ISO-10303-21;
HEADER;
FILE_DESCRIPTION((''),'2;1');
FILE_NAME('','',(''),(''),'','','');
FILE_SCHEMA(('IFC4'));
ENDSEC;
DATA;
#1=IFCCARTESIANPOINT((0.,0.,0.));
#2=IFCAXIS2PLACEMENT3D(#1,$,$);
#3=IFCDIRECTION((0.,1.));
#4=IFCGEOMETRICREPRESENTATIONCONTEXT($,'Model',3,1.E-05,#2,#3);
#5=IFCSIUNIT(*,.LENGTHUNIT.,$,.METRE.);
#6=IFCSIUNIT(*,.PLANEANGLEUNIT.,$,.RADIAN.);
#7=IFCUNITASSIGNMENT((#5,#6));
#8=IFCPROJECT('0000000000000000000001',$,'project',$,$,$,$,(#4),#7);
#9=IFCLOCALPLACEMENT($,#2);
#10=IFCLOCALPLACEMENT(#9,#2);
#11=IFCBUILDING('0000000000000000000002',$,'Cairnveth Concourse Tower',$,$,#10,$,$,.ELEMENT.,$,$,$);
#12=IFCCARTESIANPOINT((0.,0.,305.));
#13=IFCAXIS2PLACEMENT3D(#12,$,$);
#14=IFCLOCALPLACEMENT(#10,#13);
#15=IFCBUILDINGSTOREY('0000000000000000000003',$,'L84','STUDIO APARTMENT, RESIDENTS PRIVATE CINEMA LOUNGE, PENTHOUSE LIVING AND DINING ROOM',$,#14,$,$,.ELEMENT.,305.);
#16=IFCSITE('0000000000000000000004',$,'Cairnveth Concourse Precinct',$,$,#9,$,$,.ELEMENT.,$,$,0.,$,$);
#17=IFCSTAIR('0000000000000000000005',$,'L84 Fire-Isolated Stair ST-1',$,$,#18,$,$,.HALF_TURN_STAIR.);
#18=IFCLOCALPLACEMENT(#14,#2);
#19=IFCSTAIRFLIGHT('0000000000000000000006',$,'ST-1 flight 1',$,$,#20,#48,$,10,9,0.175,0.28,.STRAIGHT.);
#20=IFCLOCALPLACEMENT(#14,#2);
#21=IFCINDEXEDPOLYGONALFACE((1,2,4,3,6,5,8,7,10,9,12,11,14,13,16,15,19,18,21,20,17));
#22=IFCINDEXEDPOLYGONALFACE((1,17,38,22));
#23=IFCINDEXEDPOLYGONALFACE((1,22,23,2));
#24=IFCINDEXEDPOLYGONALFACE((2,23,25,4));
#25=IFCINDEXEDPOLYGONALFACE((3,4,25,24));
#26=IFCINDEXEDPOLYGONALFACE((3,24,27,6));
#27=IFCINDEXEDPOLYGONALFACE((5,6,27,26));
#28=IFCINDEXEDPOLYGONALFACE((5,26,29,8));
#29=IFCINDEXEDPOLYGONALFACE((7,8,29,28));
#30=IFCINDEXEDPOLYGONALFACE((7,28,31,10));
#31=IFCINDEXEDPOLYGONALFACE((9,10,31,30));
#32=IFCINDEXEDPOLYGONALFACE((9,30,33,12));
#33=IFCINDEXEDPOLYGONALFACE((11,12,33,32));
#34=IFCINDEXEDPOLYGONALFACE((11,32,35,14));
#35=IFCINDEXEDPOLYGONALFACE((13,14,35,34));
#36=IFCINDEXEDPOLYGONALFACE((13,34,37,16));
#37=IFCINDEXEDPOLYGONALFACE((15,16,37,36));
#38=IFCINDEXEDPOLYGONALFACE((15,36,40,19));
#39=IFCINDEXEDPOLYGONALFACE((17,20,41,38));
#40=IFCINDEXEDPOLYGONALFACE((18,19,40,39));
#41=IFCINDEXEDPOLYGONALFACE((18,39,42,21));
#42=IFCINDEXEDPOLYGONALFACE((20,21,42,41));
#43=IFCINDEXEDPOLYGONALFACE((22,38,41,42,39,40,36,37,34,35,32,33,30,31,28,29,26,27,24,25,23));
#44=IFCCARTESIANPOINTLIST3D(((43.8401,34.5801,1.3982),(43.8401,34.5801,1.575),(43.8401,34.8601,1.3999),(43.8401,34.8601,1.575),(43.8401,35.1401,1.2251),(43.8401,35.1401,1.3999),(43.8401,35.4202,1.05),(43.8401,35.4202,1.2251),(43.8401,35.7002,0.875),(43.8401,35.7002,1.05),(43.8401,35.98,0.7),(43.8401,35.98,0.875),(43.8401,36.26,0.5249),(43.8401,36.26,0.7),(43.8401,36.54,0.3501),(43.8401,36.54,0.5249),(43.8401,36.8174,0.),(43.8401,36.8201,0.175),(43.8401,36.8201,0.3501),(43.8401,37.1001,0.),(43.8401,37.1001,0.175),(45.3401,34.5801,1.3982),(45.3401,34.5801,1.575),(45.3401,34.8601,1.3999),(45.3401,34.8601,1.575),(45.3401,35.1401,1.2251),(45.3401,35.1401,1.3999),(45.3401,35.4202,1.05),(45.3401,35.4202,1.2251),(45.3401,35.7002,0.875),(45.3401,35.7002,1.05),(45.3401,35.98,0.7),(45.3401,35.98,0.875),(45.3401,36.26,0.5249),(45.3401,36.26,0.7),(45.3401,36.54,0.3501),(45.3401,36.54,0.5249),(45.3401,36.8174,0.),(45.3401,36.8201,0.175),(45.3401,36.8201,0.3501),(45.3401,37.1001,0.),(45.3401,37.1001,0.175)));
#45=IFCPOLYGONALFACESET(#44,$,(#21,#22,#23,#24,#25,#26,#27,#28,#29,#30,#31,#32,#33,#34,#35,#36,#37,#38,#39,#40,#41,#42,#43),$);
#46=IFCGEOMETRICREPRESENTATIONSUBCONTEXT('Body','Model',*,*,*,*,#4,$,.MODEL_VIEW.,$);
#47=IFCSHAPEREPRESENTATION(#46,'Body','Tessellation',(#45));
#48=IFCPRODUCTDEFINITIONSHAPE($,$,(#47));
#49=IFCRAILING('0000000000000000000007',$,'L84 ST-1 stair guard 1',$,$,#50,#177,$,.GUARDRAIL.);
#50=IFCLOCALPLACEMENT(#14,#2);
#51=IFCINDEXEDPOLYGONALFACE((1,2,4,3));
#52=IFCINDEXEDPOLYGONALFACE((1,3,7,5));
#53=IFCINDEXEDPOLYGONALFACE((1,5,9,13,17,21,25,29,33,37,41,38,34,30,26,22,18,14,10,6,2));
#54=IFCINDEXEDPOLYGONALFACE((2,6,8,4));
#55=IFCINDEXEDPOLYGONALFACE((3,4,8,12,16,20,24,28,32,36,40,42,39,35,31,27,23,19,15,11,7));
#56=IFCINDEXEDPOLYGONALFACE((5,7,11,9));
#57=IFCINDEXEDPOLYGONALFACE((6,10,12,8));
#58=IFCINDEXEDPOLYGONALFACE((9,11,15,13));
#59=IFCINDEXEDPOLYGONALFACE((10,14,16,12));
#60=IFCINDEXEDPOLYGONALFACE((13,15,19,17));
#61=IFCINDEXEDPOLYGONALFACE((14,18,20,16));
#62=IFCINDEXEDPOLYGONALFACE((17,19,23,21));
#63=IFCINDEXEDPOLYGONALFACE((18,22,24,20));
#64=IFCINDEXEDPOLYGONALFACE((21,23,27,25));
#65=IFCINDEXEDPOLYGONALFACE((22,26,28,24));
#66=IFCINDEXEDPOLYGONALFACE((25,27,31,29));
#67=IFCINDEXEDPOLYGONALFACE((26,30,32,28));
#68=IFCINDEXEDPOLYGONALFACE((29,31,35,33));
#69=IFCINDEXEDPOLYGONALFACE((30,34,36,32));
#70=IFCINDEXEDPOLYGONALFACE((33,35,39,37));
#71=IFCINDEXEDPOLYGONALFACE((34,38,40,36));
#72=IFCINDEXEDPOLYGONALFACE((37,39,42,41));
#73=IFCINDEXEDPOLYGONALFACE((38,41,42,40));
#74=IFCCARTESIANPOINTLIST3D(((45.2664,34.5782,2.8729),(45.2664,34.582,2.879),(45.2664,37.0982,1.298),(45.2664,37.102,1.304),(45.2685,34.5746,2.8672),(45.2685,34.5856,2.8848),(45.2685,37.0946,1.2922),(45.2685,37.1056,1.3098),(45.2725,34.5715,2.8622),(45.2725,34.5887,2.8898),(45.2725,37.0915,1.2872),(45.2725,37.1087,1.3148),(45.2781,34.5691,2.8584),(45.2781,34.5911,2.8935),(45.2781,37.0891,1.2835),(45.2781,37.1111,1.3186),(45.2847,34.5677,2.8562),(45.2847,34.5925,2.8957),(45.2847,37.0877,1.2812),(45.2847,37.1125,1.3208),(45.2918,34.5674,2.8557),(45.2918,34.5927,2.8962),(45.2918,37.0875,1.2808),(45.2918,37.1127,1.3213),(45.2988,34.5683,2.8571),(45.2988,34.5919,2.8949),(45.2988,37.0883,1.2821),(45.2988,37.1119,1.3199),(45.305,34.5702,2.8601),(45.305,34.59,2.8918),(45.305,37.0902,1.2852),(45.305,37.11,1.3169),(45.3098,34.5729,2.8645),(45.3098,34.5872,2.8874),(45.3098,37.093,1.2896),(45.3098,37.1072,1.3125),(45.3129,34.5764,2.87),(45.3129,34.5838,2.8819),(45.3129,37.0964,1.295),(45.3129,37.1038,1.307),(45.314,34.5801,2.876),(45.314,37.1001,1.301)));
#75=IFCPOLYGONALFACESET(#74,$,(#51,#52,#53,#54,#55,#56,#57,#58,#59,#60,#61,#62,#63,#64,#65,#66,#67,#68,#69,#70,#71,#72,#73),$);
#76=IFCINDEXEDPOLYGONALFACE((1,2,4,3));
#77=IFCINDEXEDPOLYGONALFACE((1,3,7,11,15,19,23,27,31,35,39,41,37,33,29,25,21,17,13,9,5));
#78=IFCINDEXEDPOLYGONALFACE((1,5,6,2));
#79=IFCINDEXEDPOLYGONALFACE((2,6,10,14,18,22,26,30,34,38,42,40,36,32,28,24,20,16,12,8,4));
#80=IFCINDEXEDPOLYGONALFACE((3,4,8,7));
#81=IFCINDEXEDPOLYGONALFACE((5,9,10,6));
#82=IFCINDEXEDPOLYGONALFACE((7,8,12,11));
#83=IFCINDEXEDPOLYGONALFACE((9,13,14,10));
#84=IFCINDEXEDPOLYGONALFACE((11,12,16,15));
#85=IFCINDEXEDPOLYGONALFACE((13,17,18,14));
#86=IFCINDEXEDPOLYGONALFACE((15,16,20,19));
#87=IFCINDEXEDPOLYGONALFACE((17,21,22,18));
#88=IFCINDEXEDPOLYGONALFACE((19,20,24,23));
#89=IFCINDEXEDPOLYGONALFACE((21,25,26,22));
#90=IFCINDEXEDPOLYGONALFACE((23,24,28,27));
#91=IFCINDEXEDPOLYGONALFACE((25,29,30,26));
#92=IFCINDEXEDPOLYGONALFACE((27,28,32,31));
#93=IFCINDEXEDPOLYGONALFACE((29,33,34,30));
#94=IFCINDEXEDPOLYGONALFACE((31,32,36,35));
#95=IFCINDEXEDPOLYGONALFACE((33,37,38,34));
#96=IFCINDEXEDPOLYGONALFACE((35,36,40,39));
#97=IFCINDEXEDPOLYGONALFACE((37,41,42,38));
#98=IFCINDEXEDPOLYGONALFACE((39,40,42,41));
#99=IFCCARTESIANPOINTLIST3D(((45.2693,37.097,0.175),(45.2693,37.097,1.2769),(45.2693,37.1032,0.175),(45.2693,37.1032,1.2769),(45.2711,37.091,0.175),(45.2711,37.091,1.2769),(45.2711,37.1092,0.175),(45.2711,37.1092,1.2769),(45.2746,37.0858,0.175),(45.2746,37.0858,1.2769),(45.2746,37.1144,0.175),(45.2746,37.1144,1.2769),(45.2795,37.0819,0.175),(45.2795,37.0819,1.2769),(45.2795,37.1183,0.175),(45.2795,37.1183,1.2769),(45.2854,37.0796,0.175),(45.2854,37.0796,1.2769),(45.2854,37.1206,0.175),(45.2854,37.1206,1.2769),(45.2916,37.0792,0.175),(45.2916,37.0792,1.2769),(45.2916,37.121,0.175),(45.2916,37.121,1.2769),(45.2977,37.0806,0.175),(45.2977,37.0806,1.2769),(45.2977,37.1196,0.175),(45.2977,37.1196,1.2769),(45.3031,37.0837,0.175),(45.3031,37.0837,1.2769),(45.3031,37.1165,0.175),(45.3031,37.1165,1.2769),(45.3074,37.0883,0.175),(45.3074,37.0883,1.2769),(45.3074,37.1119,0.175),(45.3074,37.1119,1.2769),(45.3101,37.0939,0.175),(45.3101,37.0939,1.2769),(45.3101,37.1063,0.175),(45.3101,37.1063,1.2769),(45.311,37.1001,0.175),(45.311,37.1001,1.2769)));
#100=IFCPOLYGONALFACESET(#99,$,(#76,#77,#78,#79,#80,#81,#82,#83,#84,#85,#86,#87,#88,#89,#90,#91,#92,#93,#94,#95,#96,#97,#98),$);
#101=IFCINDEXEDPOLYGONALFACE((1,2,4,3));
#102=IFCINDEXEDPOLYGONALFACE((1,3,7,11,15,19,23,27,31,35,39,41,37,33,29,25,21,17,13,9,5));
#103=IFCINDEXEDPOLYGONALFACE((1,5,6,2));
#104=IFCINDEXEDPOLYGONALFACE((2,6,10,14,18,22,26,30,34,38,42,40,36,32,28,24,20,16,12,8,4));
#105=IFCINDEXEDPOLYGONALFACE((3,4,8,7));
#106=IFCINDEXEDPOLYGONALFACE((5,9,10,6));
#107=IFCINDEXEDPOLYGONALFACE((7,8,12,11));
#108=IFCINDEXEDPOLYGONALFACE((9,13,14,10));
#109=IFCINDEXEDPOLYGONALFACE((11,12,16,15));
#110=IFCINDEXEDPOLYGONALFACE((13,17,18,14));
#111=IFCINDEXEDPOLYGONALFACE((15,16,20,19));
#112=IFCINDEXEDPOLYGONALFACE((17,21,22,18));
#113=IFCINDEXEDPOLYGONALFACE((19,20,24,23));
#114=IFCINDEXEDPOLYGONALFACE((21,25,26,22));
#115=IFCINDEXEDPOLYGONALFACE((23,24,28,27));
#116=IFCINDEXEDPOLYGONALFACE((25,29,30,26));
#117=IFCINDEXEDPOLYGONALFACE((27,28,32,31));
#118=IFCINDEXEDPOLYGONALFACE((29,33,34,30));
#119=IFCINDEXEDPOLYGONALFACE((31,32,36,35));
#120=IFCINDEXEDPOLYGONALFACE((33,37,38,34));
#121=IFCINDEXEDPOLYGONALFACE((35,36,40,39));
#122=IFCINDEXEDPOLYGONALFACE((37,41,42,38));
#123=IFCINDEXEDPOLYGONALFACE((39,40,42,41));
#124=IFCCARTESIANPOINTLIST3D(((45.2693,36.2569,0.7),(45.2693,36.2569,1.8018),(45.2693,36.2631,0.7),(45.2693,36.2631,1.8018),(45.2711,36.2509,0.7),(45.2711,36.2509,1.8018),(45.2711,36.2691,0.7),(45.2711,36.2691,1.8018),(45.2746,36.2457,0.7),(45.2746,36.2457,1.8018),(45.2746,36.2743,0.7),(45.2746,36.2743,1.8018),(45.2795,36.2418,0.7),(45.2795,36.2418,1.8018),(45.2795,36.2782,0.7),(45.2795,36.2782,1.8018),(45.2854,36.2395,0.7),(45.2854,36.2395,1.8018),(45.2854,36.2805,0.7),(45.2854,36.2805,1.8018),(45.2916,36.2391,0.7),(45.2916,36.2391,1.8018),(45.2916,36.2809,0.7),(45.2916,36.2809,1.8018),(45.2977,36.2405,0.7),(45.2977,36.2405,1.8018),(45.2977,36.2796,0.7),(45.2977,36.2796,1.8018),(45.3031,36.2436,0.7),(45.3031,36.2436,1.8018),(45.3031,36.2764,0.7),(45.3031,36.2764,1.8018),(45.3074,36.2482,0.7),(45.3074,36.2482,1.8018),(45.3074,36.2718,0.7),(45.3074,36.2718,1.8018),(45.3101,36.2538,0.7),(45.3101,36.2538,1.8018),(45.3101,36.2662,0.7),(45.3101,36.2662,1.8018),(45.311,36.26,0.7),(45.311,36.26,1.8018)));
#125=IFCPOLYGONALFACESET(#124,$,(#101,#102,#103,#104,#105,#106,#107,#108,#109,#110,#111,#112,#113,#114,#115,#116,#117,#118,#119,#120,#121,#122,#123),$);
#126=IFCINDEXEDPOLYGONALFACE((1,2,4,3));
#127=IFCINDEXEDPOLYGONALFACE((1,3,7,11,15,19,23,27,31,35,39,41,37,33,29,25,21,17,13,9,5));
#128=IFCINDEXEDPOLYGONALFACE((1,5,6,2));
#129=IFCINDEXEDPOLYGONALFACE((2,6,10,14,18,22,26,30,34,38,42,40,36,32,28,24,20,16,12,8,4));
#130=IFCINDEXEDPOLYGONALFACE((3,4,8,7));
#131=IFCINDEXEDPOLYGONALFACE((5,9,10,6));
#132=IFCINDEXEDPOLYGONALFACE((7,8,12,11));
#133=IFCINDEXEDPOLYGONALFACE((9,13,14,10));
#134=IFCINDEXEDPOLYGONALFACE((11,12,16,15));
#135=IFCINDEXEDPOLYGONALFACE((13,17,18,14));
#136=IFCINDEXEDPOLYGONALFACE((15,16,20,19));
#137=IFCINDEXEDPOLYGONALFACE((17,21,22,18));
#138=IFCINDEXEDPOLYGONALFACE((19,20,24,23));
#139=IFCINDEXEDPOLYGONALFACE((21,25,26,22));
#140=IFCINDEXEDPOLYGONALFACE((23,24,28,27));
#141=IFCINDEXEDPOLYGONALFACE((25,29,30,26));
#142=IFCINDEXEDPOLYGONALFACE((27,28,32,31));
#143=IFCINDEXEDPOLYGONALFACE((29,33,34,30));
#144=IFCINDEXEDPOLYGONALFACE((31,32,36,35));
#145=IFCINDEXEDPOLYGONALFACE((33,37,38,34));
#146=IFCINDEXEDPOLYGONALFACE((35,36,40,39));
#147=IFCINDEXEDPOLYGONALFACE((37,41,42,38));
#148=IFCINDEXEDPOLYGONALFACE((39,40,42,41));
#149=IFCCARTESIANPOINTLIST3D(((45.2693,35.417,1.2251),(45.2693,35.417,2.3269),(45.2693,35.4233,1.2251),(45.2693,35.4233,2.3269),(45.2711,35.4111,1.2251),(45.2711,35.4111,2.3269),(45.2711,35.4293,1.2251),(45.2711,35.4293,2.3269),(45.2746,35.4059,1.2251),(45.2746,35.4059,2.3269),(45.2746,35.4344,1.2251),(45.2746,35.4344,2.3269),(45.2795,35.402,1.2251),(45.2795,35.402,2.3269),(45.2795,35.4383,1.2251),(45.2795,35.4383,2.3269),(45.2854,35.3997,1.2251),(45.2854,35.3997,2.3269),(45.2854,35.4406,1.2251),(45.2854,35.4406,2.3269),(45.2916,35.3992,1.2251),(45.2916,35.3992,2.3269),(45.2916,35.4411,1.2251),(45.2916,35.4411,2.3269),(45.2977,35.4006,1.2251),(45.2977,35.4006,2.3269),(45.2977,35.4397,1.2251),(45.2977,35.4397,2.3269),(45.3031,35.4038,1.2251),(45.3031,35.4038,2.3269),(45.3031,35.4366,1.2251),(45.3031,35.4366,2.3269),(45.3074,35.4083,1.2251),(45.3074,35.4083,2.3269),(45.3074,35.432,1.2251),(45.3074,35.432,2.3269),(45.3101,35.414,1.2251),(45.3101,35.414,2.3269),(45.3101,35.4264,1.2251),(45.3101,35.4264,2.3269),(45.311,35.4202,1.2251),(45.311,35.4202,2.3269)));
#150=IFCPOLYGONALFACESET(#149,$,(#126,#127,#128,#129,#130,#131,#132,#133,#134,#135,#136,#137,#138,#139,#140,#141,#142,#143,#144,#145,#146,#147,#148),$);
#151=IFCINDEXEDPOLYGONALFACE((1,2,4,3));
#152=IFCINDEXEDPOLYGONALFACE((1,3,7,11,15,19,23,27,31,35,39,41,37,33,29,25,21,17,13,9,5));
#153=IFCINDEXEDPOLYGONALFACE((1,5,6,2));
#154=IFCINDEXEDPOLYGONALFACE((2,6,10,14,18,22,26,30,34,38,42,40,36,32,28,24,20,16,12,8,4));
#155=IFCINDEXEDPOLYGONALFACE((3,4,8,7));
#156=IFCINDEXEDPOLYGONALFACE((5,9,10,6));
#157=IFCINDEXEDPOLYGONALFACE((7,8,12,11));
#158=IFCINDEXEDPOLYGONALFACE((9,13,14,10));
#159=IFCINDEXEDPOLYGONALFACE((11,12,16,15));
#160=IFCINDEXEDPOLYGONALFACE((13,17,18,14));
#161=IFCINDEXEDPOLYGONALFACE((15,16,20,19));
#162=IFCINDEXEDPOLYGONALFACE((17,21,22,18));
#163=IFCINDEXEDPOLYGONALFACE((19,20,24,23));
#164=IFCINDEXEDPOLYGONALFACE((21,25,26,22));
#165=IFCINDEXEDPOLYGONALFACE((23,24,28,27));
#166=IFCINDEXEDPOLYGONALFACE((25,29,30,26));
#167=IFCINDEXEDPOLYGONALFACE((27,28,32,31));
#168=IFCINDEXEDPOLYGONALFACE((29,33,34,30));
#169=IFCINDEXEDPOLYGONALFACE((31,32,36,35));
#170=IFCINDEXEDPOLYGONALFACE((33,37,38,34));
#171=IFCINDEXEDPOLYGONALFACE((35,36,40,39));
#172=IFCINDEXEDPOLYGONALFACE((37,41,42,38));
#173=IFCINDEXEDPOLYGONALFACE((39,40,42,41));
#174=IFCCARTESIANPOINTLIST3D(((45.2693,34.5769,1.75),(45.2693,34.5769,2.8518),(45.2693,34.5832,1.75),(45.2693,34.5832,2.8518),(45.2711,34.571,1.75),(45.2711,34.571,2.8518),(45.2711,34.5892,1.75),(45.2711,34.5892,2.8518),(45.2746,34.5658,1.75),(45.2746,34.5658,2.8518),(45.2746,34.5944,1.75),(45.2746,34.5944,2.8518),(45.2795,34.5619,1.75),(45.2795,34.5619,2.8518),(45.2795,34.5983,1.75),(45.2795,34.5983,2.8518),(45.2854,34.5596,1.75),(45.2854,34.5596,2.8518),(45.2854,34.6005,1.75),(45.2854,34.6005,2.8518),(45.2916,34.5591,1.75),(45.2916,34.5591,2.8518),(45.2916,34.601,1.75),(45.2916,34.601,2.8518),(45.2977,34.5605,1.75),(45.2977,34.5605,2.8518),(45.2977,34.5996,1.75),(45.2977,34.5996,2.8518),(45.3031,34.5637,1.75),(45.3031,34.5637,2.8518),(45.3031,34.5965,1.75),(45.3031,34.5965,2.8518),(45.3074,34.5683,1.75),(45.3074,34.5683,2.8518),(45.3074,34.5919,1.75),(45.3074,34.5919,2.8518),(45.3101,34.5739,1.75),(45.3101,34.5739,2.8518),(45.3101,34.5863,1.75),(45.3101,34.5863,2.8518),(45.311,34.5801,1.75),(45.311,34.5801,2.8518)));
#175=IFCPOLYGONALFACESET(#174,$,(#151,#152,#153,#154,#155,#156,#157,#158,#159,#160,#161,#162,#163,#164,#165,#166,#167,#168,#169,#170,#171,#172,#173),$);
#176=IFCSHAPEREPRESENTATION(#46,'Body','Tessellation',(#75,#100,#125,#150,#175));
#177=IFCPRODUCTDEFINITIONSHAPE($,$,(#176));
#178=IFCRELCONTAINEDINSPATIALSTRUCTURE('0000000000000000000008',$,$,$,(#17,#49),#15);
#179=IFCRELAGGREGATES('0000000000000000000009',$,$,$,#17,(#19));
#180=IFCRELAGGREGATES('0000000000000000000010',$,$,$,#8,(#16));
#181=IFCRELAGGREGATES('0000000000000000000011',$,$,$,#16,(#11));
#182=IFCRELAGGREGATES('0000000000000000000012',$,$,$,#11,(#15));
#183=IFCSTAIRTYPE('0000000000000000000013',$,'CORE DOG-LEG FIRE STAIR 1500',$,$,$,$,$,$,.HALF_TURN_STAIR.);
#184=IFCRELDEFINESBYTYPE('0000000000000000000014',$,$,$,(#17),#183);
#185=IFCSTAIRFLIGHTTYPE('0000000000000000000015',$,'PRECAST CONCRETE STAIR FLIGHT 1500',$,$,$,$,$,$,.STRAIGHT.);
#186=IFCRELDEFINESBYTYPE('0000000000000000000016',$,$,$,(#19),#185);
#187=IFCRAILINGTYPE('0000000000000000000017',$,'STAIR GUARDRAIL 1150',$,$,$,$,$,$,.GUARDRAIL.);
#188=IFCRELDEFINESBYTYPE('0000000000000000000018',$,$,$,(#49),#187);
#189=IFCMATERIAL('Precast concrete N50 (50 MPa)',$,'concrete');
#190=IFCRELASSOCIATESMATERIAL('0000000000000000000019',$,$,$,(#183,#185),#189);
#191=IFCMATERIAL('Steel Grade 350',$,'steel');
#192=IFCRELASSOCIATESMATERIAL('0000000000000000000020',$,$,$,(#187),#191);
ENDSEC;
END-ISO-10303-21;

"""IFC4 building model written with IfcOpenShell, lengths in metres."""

from ifc_helpers import new_model, si_unit, direction, frame, origin, origin_2d, place, context, subcontext, project, spatial, polyline, circle, outline, extrude, material, type_object, element, aggregate, save


model = new_model("IFC4")

# Units and contexts
model_context = context("Model", 3, precision=1e-05, world=origin(), true_north=direction((0.0, 1.0)))
body_context = subcontext(model_context, "Body", "Model", "MODEL_VIEW")
ifc_project = project(units=[si_unit("LENGTHUNIT", "METRE"), si_unit("PLANEANGLEUNIT", "RADIAN")], contexts=[model_context])

# Site, building, storey
site_placement = place(None, origin())
site = spatial("IfcSite", under=ifc_project, at=site_placement, Name="Cairnveth Concourse Precinct", CompositionType="ELEMENT", RefElevation=0.0)
building_placement = place(site_placement, origin())
building = spatial("IfcBuilding", under=site, at=building_placement, Name="Cairnveth Concourse Tower", CompositionType="ELEMENT")
storey_placement = place(building_placement, frame((0.0, 0.0, 305.0)))
storey = spatial("IfcBuildingStorey", under=building, at=storey_placement, Name="L84", Description="STUDIO APARTMENT, RESIDENTS PRIVATE CINEMA LOUNGE, PENTHOUSE LIVING AND DINING ROOM", CompositionType="ELEMENT", Elevation=305.0)

# Shared definitions
ifc_material_1 = material(Name="Steel Grade 350", Category="steel")

# Stair, stair flight
ifc_material_2 = material(Name="Precast concrete N50 (50 MPa)", Category="concrete")
stair_type = type_object("IfcStairType", Name="CORE DOG-LEG FIRE STAIR 1500", PredefinedType="HALF_TURN_STAIR", material=ifc_material_2)
stair_placement = place(storey_placement, origin())
stair = element("IfcStair", 1, at=stair_placement, inside=storey, type_object=stair_type, Name="L84 Fire-Isolated Stair ST-1", PredefinedType="HALF_TURN_STAIR")
stair_flight_type = type_object("IfcStairFlightType", Name="PRECAST CONCRETE STAIR FLIGHT 1500", PredefinedType="STRAIGHT", material=ifc_material_2)
stair_flight_placement = place(storey_placement, frame((44.5901, 37.1001, 0.0), z_axis=(0.0, 0.0, 1.0), x_axis=(0.0, -1.0, 0.0)))
stair_flight = element("IfcStairFlight", 2, at=stair_flight_placement, type_object=stair_flight_type, Name="ST-1 flight 1", NumberOfRisers=10, NumberOfTreads=9, PredefinedType="STRAIGHT", RiserHeight=0.175, TreadLength=0.28, context=body_context, shape_type="SweptSolid", body=[
    extrude(outline(polyline([(0.0, 0.0), (0.0, 0.175), (0.28, 0.175), (0.28, 0.3501), (0.5601, 0.3501), (0.5601, 0.5249), (0.8401, 0.5249), (0.8401, 0.7), (1.1201, 0.7), (1.1201, 0.875), (1.3999, 0.875), (1.3999, 1.05), (1.6799, 1.05), (1.6799, 1.2251), (1.96, 1.2251), (1.96, 1.3999), (2.24, 1.3999), (2.24, 1.575), (2.52, 1.575), (2.52, 1.75), (2.52, 1.3982), (0.2827, 0.0), (0.0, 0.0)])), frame((0.0, 0.75, 0.0), z_axis=(0.0, -1.0, 0.0), x_axis=(1.0, 0.0, 0.0)), (0.0, 0.0, 1.0), 1.5),
])
aggregate(stair, [stair_flight])

# Railing
railing_type = type_object("IfcRailingType", Name="STAIR GUARDRAIL 1150", PredefinedType="GUARDRAIL", material=ifc_material_1)
railing_1_placement = place(storey_placement, frame((45.29, 37.1001, 0.175)))
element("IfcRailing", 3, at=railing_1_placement, inside=storey, type_object=railing_type, Name="L84 ST-1 stair guard 1", PredefinedType="GUARDRAIL", context=body_context, shape_type="SweptSolid", body=[
    extrude(circle(Radius=0.0239, at=origin_2d()), frame((0.0, 0.0, 1.126), z_axis=(0.0, -0.848008, 0.529984), x_axis=(1.0, 0.0, 0.0)), (0.0, 0.0, 1.0), 2.9717),
    extrude(circle(Radius=0.021, at=origin_2d()), origin(), (0.0, 0.0, 1.0), 1.1018),
    extrude(circle(Radius=0.021, at=origin_2d()), frame((0.0, -0.8401, 0.5249)), (0.0, 0.0, 1.0), 1.1018),
    extrude(circle(Radius=0.021, at=origin_2d()), frame((0.0, -1.6799, 1.05)), (0.0, 0.0, 1.0), 1.1018),
    extrude(circle(Radius=0.021, at=origin_2d()), frame((0.0, -2.52, 1.575)), (0.0, 0.0, 1.0), 1.1018),
])

save(model, "model.ifc")
